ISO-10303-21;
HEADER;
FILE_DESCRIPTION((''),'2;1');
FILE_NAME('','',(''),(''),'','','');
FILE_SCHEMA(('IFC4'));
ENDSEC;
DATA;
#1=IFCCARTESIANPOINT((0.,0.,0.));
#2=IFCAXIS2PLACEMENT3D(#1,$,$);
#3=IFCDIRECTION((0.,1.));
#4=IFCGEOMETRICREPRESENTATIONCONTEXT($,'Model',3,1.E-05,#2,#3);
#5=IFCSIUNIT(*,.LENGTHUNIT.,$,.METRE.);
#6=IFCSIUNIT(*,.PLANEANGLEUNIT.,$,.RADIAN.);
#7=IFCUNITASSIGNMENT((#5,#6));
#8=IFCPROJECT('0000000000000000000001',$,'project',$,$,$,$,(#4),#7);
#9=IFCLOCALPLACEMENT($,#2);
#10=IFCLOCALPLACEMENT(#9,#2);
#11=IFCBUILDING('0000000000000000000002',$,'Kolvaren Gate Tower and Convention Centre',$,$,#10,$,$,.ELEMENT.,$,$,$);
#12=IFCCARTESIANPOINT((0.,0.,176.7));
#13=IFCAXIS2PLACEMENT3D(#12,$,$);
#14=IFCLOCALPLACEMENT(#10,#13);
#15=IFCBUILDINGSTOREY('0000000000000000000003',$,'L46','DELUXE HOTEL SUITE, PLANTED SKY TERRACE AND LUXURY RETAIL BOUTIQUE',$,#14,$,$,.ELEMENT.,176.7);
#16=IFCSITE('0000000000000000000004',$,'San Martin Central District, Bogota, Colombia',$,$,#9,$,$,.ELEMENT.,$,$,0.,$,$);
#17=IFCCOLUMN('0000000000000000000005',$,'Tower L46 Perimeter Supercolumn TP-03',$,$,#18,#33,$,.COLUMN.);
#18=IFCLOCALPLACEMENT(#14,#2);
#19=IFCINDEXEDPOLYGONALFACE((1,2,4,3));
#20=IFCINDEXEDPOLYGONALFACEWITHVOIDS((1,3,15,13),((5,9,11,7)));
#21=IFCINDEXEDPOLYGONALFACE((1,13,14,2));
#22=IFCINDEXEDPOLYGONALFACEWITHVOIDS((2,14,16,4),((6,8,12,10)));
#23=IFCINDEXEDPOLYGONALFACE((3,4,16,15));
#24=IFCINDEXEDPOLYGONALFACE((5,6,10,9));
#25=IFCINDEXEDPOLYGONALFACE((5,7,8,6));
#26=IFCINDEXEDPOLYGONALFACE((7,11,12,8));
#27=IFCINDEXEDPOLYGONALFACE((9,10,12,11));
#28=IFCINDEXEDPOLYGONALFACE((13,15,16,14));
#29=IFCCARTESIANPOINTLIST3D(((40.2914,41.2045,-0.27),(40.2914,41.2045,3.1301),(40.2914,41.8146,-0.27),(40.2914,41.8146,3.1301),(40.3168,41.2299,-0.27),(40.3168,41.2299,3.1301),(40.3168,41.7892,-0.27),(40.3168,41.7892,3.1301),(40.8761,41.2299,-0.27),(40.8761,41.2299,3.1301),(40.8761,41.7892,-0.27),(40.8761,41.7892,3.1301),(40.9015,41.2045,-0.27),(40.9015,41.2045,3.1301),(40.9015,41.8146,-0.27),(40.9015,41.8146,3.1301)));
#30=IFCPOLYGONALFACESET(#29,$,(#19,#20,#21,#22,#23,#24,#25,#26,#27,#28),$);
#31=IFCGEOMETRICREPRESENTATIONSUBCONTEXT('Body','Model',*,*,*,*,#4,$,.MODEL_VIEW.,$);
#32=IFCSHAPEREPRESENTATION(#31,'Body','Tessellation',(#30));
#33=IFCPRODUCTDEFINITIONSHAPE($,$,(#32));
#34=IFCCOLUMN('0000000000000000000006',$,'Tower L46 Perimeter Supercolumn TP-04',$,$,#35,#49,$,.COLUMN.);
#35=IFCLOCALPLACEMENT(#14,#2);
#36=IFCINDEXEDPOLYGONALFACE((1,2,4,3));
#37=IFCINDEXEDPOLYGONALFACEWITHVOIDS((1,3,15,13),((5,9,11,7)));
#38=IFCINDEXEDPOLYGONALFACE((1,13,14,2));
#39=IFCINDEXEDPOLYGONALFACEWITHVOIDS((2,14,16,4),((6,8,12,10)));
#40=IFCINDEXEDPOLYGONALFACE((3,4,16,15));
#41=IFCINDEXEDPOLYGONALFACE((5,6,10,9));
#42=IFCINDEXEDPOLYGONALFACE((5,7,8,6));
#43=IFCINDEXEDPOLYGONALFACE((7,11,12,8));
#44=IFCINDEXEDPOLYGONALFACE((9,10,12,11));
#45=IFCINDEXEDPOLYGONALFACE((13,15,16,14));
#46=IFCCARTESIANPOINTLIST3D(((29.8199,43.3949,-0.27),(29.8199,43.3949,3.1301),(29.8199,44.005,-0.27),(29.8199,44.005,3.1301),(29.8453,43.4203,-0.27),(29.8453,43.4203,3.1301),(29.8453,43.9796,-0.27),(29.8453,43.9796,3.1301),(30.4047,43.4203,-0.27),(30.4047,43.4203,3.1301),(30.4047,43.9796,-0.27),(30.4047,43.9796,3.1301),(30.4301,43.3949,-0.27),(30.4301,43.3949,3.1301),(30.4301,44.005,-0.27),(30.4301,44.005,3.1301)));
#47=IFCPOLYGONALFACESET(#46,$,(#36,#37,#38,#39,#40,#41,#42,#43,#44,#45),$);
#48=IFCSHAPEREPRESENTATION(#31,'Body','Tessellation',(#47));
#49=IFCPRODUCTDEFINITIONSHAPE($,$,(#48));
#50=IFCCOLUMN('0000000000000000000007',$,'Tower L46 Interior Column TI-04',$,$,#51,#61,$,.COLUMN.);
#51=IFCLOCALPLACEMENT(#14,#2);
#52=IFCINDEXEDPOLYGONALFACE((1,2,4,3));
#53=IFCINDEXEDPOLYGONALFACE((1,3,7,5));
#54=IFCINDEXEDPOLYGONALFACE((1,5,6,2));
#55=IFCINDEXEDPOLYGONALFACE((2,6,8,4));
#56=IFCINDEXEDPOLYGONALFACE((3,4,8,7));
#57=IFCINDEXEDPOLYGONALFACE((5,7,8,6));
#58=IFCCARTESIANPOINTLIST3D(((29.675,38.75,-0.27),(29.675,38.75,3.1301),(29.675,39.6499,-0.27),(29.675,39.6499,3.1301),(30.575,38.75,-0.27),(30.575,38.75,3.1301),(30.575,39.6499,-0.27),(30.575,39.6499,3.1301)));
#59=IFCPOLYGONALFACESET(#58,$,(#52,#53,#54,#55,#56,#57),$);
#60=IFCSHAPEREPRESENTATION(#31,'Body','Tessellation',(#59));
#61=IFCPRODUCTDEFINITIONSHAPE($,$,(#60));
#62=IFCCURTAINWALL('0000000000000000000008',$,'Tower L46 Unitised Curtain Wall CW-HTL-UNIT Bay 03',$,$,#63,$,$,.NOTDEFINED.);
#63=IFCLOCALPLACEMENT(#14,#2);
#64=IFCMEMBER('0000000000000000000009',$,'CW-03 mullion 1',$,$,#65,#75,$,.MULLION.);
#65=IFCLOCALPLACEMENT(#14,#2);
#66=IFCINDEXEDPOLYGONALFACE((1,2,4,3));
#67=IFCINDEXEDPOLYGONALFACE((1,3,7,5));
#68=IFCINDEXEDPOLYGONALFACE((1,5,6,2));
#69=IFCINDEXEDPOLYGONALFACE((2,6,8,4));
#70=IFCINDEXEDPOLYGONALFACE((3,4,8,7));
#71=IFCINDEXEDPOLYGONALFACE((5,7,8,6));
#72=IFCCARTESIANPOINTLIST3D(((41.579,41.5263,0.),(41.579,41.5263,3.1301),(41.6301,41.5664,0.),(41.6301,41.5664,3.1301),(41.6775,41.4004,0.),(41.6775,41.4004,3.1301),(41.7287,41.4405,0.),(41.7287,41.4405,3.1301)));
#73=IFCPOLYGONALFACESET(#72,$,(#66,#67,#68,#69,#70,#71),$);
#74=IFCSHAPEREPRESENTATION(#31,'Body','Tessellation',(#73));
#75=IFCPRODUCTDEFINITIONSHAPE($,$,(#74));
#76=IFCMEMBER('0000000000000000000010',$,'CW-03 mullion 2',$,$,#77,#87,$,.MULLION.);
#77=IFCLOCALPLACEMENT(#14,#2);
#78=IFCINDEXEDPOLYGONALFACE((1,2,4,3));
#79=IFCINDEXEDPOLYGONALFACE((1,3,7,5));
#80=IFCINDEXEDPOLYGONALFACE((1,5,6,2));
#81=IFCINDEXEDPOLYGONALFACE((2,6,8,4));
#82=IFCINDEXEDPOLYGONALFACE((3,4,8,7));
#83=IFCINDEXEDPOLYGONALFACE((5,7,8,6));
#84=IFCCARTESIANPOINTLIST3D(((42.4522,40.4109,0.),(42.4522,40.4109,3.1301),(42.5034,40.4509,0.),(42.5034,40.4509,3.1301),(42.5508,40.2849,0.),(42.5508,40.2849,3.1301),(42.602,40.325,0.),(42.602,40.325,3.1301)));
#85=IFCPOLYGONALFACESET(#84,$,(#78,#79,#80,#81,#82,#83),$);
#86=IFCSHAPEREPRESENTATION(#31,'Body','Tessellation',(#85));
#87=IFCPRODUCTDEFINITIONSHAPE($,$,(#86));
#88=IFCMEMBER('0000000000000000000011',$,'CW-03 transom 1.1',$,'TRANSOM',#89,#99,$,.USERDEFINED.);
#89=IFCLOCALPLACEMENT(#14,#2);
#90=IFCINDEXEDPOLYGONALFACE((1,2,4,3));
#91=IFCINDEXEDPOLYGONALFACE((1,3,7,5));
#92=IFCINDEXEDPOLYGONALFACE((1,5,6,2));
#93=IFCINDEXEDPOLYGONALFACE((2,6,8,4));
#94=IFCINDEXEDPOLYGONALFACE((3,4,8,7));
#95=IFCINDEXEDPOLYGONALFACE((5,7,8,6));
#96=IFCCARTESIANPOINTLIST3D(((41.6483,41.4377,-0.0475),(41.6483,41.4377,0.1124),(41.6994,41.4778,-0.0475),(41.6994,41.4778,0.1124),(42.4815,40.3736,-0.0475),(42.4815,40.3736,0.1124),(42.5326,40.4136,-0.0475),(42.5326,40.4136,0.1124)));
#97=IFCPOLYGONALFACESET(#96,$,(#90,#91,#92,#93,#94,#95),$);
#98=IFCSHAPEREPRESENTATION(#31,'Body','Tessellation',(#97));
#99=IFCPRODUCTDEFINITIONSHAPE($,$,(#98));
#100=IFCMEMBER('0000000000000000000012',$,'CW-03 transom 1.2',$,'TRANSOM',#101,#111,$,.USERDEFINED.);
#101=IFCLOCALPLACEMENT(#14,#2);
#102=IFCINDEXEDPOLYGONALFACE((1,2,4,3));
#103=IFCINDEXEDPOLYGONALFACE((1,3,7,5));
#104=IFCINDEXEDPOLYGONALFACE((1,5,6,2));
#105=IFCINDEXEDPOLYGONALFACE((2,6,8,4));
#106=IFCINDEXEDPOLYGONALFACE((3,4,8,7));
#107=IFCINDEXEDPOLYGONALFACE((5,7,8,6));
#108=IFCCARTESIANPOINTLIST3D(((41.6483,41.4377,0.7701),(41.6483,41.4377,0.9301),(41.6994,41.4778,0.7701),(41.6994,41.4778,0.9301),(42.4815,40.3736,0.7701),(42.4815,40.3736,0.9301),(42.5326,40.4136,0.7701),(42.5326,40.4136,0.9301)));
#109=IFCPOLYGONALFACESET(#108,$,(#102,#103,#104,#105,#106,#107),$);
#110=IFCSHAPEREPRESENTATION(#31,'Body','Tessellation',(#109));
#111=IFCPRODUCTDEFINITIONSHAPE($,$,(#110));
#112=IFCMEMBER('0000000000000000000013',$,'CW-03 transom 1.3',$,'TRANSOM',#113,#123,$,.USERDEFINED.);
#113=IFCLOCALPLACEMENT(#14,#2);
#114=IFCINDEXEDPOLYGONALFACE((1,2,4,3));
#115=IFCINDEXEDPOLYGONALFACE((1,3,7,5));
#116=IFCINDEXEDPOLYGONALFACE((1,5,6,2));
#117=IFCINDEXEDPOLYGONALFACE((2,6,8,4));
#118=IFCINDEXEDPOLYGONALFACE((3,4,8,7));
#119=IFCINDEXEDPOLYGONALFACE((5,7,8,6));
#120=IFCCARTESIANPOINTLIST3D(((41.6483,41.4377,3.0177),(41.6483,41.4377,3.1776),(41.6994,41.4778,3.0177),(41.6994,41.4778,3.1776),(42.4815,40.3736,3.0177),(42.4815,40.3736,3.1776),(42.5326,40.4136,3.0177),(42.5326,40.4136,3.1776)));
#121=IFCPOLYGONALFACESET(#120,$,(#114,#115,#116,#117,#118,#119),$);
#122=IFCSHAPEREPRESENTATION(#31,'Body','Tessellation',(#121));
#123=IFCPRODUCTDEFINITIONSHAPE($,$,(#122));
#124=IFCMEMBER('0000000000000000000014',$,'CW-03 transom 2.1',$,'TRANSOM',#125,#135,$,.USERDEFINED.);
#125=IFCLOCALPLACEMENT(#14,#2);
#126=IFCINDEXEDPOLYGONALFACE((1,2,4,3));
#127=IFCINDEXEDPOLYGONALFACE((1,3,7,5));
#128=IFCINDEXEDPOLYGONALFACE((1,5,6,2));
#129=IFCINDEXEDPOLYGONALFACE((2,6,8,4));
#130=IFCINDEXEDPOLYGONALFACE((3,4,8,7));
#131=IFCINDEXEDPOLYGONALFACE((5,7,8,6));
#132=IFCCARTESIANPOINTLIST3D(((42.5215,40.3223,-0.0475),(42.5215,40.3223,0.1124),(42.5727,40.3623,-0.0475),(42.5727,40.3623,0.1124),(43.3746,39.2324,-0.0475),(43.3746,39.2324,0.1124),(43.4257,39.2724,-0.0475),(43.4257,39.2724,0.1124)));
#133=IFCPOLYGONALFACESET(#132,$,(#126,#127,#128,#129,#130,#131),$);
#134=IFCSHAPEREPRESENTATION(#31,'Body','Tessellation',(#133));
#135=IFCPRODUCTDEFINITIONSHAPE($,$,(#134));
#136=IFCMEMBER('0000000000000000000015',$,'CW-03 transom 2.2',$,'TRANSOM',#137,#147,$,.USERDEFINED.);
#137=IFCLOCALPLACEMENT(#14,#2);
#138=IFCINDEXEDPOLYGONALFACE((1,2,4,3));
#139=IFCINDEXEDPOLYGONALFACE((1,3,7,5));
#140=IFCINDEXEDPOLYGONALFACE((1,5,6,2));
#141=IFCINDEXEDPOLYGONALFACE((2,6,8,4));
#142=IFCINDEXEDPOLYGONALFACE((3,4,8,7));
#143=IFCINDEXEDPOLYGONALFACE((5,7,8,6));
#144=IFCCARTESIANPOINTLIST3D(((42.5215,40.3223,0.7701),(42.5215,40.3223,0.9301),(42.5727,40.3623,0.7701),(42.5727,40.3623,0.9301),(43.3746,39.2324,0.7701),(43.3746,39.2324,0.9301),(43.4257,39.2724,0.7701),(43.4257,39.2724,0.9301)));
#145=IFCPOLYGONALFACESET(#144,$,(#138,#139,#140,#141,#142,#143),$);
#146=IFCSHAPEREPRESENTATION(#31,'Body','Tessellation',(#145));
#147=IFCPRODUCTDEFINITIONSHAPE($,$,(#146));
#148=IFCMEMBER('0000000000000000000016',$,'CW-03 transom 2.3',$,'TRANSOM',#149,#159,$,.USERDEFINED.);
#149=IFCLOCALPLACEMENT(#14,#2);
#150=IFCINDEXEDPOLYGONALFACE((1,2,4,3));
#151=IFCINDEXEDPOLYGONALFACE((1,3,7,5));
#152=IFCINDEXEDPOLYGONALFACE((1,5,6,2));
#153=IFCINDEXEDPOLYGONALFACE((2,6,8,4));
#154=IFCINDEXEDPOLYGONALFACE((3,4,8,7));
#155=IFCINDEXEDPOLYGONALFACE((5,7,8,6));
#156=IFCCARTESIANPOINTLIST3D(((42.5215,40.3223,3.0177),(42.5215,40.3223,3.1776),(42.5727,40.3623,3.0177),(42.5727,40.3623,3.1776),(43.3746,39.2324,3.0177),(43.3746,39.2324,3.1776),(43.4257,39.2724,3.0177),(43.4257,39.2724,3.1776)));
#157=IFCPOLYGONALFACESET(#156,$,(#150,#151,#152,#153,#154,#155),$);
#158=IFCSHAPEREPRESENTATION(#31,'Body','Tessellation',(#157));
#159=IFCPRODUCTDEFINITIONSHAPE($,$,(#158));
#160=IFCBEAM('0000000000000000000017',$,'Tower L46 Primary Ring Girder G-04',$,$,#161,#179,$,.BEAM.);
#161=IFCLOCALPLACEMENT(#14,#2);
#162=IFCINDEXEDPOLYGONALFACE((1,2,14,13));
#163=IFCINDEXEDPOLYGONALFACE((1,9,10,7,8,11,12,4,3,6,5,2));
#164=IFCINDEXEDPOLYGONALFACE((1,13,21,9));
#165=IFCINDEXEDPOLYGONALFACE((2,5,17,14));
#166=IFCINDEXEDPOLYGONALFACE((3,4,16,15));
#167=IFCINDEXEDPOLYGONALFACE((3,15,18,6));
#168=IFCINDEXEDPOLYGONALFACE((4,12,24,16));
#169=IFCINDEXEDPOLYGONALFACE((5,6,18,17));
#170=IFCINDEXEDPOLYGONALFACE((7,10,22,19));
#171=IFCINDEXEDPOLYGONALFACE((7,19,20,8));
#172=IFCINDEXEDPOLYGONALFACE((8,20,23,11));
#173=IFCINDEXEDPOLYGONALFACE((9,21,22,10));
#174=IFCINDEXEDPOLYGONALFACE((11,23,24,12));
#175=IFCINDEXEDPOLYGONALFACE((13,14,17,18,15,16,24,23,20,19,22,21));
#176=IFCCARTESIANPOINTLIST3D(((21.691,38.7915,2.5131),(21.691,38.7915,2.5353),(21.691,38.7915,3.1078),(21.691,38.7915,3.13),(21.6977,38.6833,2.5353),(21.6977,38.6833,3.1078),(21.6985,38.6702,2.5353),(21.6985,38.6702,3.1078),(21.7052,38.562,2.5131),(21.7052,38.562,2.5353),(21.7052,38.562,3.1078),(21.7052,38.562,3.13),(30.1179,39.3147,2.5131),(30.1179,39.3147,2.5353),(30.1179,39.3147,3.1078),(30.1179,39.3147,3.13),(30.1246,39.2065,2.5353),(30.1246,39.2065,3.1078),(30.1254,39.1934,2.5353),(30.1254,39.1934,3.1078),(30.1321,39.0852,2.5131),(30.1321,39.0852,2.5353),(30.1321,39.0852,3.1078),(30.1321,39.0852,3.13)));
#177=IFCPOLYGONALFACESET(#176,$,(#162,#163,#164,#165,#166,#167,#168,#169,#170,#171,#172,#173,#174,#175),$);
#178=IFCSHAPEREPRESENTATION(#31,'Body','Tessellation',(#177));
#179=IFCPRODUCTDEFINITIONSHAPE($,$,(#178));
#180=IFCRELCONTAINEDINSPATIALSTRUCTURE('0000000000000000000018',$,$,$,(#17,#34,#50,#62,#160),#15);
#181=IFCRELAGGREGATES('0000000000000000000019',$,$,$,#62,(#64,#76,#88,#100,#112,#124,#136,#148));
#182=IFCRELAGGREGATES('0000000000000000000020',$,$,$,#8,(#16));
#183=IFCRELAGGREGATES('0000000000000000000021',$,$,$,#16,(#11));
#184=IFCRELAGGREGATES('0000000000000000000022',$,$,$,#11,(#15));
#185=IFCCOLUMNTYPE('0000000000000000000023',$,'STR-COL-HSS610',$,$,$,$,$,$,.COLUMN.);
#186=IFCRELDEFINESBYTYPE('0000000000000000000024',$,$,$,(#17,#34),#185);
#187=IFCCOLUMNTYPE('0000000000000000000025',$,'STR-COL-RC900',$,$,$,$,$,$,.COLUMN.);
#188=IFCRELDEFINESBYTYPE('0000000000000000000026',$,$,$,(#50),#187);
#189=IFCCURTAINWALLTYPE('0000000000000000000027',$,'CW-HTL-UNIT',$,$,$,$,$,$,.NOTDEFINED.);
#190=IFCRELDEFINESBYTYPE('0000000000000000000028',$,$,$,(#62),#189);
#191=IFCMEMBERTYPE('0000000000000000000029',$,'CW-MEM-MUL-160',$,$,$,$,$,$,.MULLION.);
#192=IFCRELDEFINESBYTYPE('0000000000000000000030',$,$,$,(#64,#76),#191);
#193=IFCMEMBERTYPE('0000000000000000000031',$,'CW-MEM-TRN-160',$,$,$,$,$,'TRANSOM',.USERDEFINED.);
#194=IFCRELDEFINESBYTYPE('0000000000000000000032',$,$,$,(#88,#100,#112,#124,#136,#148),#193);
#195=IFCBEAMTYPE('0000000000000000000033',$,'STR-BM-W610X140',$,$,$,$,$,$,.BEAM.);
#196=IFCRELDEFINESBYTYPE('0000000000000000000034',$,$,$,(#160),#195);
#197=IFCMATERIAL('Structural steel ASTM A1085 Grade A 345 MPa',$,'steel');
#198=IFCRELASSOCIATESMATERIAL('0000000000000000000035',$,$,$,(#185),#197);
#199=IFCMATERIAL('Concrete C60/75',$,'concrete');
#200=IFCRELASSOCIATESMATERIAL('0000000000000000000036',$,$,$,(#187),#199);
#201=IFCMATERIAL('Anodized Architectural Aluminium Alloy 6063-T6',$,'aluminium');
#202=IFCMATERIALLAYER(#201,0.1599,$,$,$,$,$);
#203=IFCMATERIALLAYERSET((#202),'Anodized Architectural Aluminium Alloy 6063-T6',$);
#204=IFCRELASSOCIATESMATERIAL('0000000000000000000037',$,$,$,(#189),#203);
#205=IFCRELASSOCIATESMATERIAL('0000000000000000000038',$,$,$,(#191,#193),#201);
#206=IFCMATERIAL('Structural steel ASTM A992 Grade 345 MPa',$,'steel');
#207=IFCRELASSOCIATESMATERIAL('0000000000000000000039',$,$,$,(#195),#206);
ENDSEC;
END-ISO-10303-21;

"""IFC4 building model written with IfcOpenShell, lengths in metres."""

from ifc_helpers import new_model, si_unit, direction, frame, origin, origin_2d, place, context, subcontext, project, spatial, rectangle, hollow_rectangle, i_section, extrude, material, layer, layer_set, material_profile, profile_set, type_object, element, aggregate, save


model = new_model("IFC4")

# Units and contexts
model_context = context("Model", 3, precision=1e-05, world=origin(), true_north=direction((0.0, 1.0)))
body_context = subcontext(model_context, "Body", "Model", "MODEL_VIEW")
ifc_project = project(units=[si_unit("LENGTHUNIT", "METRE"), si_unit("PLANEANGLEUNIT", "RADIAN")], contexts=[model_context])

# Site, building, storey
site_placement = place(None, origin())
site = spatial("IfcSite", under=ifc_project, at=site_placement, Name="San Martin Central District, Bogota, Colombia", CompositionType="ELEMENT", RefElevation=0.0)
building_placement = place(site_placement, origin())
building = spatial("IfcBuilding", under=site, at=building_placement, Name="Kolvaren Gate Tower and Convention Centre", CompositionType="ELEMENT")
storey_placement = place(building_placement, frame((0.0, 0.0, 176.7)))
storey = spatial("IfcBuildingStorey", under=building, at=storey_placement, Name="L46", Description="DELUXE HOTEL SUITE, PLANTED SKY TERRACE AND LUXURY RETAIL BOUTIQUE", CompositionType="ELEMENT", Elevation=176.7)

# Columns
ifc_material_1 = material(Name="Structural steel ASTM A1085 Grade A 345 MPa", Category="steel")
ifc_material_profile_1 = material_profile(ifc_material_1, hollow_rectangle(XDim=0.6101, YDim=0.6101, WallThickness=0.0254, at=origin_2d()), Name="HSS610X610X25.4")
ifc_profile_set_1 = profile_set([ifc_material_profile_1], Name="Structural steel ASTM A1085 Grade A 345 MPa")
column_type_1 = type_object("IfcColumnType", Name="STR-COL-HSS610", PredefinedType="COLUMN", material=ifc_profile_set_1)
for number, where, z_axis, x_axis, name in (
    (1, (40.5964, 41.5095, -0.27), (0.0, 0.0, 1.0), (1.0, 0.0, 0.0), "Tower L46 Perimeter Supercolumn TP-03"),
    (2, (30.125, 43.7, -0.27), (0.0, 0.0, 1.0), (1.0, 0.0, 0.0), "Tower L46 Perimeter Supercolumn TP-04"),
):
    element("IfcColumn", number, at=place(storey_placement, frame(where, z_axis=z_axis, x_axis=x_axis)), inside=storey, type_object=column_type_1, Name=name, PredefinedType="COLUMN", context=body_context, shape_type="SweptSolid", body=[
        extrude(hollow_rectangle(XDim=0.6101, YDim=0.6101, WallThickness=0.0254, at=origin_2d()), origin(), (0.0, 0.0, 1.0), 3.4001),
    ])
ifc_material_2 = material(Name="Concrete C60/75", Category="concrete")
ifc_material_profile_2 = material_profile(ifc_material_2, rectangle(XDim=0.8999, YDim=0.8999, at=origin_2d()), Name="RC-COL-900X900")
ifc_profile_set_2 = profile_set([ifc_material_profile_2], Name="Concrete C60/75")
column_type_2 = type_object("IfcColumnType", Name="STR-COL-RC900", PredefinedType="COLUMN", material=ifc_profile_set_2)
column_placement = place(storey_placement, frame((30.125, 39.2, -0.27), z_axis=(0.0, 0.0, 1.0), x_axis=(1.0, 0.0, 0.0)))
element("IfcColumn", 3, at=column_placement, inside=storey, type_object=column_type_2, Name="Tower L46 Interior Column TI-04", PredefinedType="COLUMN", context=body_context, shape_type="SweptSolid", body=[
    extrude(rectangle(XDim=0.8999, YDim=0.8999, at=origin_2d()), origin(), (0.0, 0.0, 1.0), 3.4001),
])

# Curtain wall, members
ifc_material_3 = material(Name="Anodized Architectural Aluminium Alloy 6063-T6", Category="aluminium")
ifc_layer_1 = layer(ifc_material_3, 0.1599)
ifc_layer_set_1 = layer_set([ifc_layer_1], Name="Anodized Architectural Aluminium Alloy 6063-T6")
curtain_wall_type = type_object("IfcCurtainWallType", Name="CW-HTL-UNIT", PredefinedType="NOTDEFINED", material=ifc_layer_set_1)
curtain_wall_placement = place(storey_placement, origin())
curtain_wall = element("IfcCurtainWall", 4, at=curtain_wall_placement, inside=storey, type_object=curtain_wall_type, Name="Tower L46 Unitised Curtain Wall CW-HTL-UNIT Bay 03", PredefinedType="NOTDEFINED")
ifc_material_profile_3 = material_profile(ifc_material_3, rectangle(XDim=0.0649, YDim=0.1599, at=origin_2d()), Name="CW-MEM-MUL-160")
ifc_profile_set_3 = profile_set([ifc_material_profile_3], Name="Anodized Architectural Aluminium Alloy 6063-T6")
member_type_1 = type_object("IfcMemberType", Name="CW-MEM-MUL-160", PredefinedType="MULLION", material=ifc_profile_set_3)
member_1_placement = place(storey_placement, frame((41.6538, 41.4834, 0.0), z_axis=(0.0, 0.0, 1.0), x_axis=(0.787404, 0.616438, 0.0)))
member_1 = element("IfcMember", 5, at=member_1_placement, type_object=member_type_1, Name="CW-03 mullion 1", PredefinedType="MULLION", context=body_context, shape_type="SweptSolid", body=[
    extrude(rectangle(XDim=0.0649, YDim=0.1599, at=origin_2d()), origin(), (0.0, 0.0, 1.0), 3.1301),
])
member_2_placement = place(storey_placement, frame((42.5271, 40.3679, 0.0), z_axis=(0.0, 0.0, 1.0), x_axis=(0.787404, 0.616438, 0.0)))
member_2 = element("IfcMember", 6, at=member_2_placement, type_object=member_type_1, Name="CW-03 mullion 2", PredefinedType="MULLION", context=body_context, shape_type="SweptSolid", body=[
    extrude(rectangle(XDim=0.0649, YDim=0.1599, at=origin_2d()), origin(), (0.0, 0.0, 1.0), 3.1301),
])
ifc_material_profile_4 = material_profile(ifc_material_3, rectangle(XDim=0.0649, YDim=0.1599, at=origin_2d()), Name="CW-MEM-TRN-160")
ifc_profile_set_4 = profile_set([ifc_material_profile_4], Name="Anodized Architectural Aluminium Alloy 6063-T6")
member_type_2 = type_object("IfcMemberType", Name="CW-MEM-TRN-160", ElementType="TRANSOM", PredefinedType="USERDEFINED", material=ifc_profile_set_4)
member_3_placement = place(storey_placement, frame((41.6738, 41.4578, 0.0325), z_axis=(0.616488, -0.787364, 0.0), x_axis=(0.787364, 0.616488, 0.0)))
member_3 = element("IfcMember", 7, at=member_3_placement, type_object=member_type_2, Name="CW-03 transom 1.1", ObjectType="TRANSOM", PredefinedType="USERDEFINED", context=body_context, shape_type="SweptSolid", body=[
    extrude(rectangle(XDim=0.0649, YDim=0.1599, at=origin_2d()), origin(), (0.0, 0.0, 1.0), 1.3516),
])
member_4_placement = place(storey_placement, frame((41.6738, 41.4578, 0.8501), z_axis=(0.616488, -0.787364, 0.0), x_axis=(0.787364, 0.616488, 0.0)))
member_4 = element("IfcMember", 8, at=member_4_placement, type_object=member_type_2, Name="CW-03 transom 1.2", ObjectType="TRANSOM", PredefinedType="USERDEFINED", context=body_context, shape_type="SweptSolid", body=[
    extrude(rectangle(XDim=0.0649, YDim=0.1599, at=origin_2d()), origin(), (0.0, 0.0, 1.0), 1.3516),
])
member_5_placement = place(storey_placement, frame((41.6738, 41.4578, 3.0977), z_axis=(0.616488, -0.787364, 0.0), x_axis=(0.787364, 0.616488, 0.0)))
member_5 = element("IfcMember", 9, at=member_5_placement, type_object=member_type_2, Name="CW-03 transom 1.3", ObjectType="TRANSOM", PredefinedType="USERDEFINED", context=body_context, shape_type="SweptSolid", body=[
    extrude(rectangle(XDim=0.0649, YDim=0.1599, at=origin_2d()), origin(), (0.0, 0.0, 1.0), 1.3516),
])
member_6_placement = place(storey_placement, frame((42.5471, 40.3423, 0.0325), z_axis=(0.616356, -0.787468, 0.0), x_axis=(0.787468, 0.616356, 0.0)))
member_6 = element("IfcMember", 10, at=member_6_placement, type_object=member_type_2, Name="CW-03 transom 2.1", ObjectType="TRANSOM", PredefinedType="USERDEFINED", context=body_context, shape_type="SweptSolid", body=[
    extrude(rectangle(XDim=0.0649, YDim=0.1599, at=origin_2d()), origin(), (0.0, 0.0, 1.0), 1.384),
])
member_7_placement = place(storey_placement, frame((42.5471, 40.3423, 0.8501), z_axis=(0.616356, -0.787468, 0.0), x_axis=(0.787468, 0.616356, 0.0)))
member_7 = element("IfcMember", 11, at=member_7_placement, type_object=member_type_2, Name="CW-03 transom 2.2", ObjectType="TRANSOM", PredefinedType="USERDEFINED", context=body_context, shape_type="SweptSolid", body=[
    extrude(rectangle(XDim=0.0649, YDim=0.1599, at=origin_2d()), origin(), (0.0, 0.0, 1.0), 1.384),
])
member_8_placement = place(storey_placement, frame((42.5471, 40.3423, 3.0977), z_axis=(0.616356, -0.787468, 0.0), x_axis=(0.787468, 0.616356, 0.0)))
member_8 = element("IfcMember", 12, at=member_8_placement, type_object=member_type_2, Name="CW-03 transom 2.3", ObjectType="TRANSOM", PredefinedType="USERDEFINED", context=body_context, shape_type="SweptSolid", body=[
    extrude(rectangle(XDim=0.0649, YDim=0.1599, at=origin_2d()), origin(), (0.0, 0.0, 1.0), 1.384),
])

# Beam
ifc_material_4 = material(Name="Structural steel ASTM A992 Grade 345 MPa", Category="steel")
ifc_material_profile_5 = material_profile(ifc_material_4, i_section(OverallWidth=0.23, OverallDepth=0.6169, WebThickness=0.0132, FlangeThickness=0.0222, at=origin_2d()), Name="W610X140")
ifc_profile_set_5 = profile_set([ifc_material_profile_5], Name="Structural steel ASTM A992 Grade 345 MPa")
beam_type_1 = type_object("IfcBeamType", Name="STR-BM-W610X140", PredefinedType="BEAM", material=ifc_profile_set_5)
beam_1_placement = place(storey_placement, frame((30.125, 39.2, 2.8215), z_axis=(-0.998078, -0.061966, 0.0), x_axis=(0.061966, -0.998078, 0.0)))
element("IfcBeam", 13, at=beam_1_placement, inside=storey, type_object=beam_type_1, Name="Tower L46 Primary Ring Girder G-04", PredefinedType="BEAM", context=body_context, shape_type="SweptSolid", body=[
    extrude(i_section(OverallWidth=0.23, OverallDepth=0.6169, WebThickness=0.0132, FlangeThickness=0.0222, at=origin_2d()), origin(), (0.0, 0.0, 1.0), 8.4431),
])

aggregate(curtain_wall, [member_1, member_2, member_3, member_4, member_5, member_6, member_7, member_8])

save(model, "model.ifc")
